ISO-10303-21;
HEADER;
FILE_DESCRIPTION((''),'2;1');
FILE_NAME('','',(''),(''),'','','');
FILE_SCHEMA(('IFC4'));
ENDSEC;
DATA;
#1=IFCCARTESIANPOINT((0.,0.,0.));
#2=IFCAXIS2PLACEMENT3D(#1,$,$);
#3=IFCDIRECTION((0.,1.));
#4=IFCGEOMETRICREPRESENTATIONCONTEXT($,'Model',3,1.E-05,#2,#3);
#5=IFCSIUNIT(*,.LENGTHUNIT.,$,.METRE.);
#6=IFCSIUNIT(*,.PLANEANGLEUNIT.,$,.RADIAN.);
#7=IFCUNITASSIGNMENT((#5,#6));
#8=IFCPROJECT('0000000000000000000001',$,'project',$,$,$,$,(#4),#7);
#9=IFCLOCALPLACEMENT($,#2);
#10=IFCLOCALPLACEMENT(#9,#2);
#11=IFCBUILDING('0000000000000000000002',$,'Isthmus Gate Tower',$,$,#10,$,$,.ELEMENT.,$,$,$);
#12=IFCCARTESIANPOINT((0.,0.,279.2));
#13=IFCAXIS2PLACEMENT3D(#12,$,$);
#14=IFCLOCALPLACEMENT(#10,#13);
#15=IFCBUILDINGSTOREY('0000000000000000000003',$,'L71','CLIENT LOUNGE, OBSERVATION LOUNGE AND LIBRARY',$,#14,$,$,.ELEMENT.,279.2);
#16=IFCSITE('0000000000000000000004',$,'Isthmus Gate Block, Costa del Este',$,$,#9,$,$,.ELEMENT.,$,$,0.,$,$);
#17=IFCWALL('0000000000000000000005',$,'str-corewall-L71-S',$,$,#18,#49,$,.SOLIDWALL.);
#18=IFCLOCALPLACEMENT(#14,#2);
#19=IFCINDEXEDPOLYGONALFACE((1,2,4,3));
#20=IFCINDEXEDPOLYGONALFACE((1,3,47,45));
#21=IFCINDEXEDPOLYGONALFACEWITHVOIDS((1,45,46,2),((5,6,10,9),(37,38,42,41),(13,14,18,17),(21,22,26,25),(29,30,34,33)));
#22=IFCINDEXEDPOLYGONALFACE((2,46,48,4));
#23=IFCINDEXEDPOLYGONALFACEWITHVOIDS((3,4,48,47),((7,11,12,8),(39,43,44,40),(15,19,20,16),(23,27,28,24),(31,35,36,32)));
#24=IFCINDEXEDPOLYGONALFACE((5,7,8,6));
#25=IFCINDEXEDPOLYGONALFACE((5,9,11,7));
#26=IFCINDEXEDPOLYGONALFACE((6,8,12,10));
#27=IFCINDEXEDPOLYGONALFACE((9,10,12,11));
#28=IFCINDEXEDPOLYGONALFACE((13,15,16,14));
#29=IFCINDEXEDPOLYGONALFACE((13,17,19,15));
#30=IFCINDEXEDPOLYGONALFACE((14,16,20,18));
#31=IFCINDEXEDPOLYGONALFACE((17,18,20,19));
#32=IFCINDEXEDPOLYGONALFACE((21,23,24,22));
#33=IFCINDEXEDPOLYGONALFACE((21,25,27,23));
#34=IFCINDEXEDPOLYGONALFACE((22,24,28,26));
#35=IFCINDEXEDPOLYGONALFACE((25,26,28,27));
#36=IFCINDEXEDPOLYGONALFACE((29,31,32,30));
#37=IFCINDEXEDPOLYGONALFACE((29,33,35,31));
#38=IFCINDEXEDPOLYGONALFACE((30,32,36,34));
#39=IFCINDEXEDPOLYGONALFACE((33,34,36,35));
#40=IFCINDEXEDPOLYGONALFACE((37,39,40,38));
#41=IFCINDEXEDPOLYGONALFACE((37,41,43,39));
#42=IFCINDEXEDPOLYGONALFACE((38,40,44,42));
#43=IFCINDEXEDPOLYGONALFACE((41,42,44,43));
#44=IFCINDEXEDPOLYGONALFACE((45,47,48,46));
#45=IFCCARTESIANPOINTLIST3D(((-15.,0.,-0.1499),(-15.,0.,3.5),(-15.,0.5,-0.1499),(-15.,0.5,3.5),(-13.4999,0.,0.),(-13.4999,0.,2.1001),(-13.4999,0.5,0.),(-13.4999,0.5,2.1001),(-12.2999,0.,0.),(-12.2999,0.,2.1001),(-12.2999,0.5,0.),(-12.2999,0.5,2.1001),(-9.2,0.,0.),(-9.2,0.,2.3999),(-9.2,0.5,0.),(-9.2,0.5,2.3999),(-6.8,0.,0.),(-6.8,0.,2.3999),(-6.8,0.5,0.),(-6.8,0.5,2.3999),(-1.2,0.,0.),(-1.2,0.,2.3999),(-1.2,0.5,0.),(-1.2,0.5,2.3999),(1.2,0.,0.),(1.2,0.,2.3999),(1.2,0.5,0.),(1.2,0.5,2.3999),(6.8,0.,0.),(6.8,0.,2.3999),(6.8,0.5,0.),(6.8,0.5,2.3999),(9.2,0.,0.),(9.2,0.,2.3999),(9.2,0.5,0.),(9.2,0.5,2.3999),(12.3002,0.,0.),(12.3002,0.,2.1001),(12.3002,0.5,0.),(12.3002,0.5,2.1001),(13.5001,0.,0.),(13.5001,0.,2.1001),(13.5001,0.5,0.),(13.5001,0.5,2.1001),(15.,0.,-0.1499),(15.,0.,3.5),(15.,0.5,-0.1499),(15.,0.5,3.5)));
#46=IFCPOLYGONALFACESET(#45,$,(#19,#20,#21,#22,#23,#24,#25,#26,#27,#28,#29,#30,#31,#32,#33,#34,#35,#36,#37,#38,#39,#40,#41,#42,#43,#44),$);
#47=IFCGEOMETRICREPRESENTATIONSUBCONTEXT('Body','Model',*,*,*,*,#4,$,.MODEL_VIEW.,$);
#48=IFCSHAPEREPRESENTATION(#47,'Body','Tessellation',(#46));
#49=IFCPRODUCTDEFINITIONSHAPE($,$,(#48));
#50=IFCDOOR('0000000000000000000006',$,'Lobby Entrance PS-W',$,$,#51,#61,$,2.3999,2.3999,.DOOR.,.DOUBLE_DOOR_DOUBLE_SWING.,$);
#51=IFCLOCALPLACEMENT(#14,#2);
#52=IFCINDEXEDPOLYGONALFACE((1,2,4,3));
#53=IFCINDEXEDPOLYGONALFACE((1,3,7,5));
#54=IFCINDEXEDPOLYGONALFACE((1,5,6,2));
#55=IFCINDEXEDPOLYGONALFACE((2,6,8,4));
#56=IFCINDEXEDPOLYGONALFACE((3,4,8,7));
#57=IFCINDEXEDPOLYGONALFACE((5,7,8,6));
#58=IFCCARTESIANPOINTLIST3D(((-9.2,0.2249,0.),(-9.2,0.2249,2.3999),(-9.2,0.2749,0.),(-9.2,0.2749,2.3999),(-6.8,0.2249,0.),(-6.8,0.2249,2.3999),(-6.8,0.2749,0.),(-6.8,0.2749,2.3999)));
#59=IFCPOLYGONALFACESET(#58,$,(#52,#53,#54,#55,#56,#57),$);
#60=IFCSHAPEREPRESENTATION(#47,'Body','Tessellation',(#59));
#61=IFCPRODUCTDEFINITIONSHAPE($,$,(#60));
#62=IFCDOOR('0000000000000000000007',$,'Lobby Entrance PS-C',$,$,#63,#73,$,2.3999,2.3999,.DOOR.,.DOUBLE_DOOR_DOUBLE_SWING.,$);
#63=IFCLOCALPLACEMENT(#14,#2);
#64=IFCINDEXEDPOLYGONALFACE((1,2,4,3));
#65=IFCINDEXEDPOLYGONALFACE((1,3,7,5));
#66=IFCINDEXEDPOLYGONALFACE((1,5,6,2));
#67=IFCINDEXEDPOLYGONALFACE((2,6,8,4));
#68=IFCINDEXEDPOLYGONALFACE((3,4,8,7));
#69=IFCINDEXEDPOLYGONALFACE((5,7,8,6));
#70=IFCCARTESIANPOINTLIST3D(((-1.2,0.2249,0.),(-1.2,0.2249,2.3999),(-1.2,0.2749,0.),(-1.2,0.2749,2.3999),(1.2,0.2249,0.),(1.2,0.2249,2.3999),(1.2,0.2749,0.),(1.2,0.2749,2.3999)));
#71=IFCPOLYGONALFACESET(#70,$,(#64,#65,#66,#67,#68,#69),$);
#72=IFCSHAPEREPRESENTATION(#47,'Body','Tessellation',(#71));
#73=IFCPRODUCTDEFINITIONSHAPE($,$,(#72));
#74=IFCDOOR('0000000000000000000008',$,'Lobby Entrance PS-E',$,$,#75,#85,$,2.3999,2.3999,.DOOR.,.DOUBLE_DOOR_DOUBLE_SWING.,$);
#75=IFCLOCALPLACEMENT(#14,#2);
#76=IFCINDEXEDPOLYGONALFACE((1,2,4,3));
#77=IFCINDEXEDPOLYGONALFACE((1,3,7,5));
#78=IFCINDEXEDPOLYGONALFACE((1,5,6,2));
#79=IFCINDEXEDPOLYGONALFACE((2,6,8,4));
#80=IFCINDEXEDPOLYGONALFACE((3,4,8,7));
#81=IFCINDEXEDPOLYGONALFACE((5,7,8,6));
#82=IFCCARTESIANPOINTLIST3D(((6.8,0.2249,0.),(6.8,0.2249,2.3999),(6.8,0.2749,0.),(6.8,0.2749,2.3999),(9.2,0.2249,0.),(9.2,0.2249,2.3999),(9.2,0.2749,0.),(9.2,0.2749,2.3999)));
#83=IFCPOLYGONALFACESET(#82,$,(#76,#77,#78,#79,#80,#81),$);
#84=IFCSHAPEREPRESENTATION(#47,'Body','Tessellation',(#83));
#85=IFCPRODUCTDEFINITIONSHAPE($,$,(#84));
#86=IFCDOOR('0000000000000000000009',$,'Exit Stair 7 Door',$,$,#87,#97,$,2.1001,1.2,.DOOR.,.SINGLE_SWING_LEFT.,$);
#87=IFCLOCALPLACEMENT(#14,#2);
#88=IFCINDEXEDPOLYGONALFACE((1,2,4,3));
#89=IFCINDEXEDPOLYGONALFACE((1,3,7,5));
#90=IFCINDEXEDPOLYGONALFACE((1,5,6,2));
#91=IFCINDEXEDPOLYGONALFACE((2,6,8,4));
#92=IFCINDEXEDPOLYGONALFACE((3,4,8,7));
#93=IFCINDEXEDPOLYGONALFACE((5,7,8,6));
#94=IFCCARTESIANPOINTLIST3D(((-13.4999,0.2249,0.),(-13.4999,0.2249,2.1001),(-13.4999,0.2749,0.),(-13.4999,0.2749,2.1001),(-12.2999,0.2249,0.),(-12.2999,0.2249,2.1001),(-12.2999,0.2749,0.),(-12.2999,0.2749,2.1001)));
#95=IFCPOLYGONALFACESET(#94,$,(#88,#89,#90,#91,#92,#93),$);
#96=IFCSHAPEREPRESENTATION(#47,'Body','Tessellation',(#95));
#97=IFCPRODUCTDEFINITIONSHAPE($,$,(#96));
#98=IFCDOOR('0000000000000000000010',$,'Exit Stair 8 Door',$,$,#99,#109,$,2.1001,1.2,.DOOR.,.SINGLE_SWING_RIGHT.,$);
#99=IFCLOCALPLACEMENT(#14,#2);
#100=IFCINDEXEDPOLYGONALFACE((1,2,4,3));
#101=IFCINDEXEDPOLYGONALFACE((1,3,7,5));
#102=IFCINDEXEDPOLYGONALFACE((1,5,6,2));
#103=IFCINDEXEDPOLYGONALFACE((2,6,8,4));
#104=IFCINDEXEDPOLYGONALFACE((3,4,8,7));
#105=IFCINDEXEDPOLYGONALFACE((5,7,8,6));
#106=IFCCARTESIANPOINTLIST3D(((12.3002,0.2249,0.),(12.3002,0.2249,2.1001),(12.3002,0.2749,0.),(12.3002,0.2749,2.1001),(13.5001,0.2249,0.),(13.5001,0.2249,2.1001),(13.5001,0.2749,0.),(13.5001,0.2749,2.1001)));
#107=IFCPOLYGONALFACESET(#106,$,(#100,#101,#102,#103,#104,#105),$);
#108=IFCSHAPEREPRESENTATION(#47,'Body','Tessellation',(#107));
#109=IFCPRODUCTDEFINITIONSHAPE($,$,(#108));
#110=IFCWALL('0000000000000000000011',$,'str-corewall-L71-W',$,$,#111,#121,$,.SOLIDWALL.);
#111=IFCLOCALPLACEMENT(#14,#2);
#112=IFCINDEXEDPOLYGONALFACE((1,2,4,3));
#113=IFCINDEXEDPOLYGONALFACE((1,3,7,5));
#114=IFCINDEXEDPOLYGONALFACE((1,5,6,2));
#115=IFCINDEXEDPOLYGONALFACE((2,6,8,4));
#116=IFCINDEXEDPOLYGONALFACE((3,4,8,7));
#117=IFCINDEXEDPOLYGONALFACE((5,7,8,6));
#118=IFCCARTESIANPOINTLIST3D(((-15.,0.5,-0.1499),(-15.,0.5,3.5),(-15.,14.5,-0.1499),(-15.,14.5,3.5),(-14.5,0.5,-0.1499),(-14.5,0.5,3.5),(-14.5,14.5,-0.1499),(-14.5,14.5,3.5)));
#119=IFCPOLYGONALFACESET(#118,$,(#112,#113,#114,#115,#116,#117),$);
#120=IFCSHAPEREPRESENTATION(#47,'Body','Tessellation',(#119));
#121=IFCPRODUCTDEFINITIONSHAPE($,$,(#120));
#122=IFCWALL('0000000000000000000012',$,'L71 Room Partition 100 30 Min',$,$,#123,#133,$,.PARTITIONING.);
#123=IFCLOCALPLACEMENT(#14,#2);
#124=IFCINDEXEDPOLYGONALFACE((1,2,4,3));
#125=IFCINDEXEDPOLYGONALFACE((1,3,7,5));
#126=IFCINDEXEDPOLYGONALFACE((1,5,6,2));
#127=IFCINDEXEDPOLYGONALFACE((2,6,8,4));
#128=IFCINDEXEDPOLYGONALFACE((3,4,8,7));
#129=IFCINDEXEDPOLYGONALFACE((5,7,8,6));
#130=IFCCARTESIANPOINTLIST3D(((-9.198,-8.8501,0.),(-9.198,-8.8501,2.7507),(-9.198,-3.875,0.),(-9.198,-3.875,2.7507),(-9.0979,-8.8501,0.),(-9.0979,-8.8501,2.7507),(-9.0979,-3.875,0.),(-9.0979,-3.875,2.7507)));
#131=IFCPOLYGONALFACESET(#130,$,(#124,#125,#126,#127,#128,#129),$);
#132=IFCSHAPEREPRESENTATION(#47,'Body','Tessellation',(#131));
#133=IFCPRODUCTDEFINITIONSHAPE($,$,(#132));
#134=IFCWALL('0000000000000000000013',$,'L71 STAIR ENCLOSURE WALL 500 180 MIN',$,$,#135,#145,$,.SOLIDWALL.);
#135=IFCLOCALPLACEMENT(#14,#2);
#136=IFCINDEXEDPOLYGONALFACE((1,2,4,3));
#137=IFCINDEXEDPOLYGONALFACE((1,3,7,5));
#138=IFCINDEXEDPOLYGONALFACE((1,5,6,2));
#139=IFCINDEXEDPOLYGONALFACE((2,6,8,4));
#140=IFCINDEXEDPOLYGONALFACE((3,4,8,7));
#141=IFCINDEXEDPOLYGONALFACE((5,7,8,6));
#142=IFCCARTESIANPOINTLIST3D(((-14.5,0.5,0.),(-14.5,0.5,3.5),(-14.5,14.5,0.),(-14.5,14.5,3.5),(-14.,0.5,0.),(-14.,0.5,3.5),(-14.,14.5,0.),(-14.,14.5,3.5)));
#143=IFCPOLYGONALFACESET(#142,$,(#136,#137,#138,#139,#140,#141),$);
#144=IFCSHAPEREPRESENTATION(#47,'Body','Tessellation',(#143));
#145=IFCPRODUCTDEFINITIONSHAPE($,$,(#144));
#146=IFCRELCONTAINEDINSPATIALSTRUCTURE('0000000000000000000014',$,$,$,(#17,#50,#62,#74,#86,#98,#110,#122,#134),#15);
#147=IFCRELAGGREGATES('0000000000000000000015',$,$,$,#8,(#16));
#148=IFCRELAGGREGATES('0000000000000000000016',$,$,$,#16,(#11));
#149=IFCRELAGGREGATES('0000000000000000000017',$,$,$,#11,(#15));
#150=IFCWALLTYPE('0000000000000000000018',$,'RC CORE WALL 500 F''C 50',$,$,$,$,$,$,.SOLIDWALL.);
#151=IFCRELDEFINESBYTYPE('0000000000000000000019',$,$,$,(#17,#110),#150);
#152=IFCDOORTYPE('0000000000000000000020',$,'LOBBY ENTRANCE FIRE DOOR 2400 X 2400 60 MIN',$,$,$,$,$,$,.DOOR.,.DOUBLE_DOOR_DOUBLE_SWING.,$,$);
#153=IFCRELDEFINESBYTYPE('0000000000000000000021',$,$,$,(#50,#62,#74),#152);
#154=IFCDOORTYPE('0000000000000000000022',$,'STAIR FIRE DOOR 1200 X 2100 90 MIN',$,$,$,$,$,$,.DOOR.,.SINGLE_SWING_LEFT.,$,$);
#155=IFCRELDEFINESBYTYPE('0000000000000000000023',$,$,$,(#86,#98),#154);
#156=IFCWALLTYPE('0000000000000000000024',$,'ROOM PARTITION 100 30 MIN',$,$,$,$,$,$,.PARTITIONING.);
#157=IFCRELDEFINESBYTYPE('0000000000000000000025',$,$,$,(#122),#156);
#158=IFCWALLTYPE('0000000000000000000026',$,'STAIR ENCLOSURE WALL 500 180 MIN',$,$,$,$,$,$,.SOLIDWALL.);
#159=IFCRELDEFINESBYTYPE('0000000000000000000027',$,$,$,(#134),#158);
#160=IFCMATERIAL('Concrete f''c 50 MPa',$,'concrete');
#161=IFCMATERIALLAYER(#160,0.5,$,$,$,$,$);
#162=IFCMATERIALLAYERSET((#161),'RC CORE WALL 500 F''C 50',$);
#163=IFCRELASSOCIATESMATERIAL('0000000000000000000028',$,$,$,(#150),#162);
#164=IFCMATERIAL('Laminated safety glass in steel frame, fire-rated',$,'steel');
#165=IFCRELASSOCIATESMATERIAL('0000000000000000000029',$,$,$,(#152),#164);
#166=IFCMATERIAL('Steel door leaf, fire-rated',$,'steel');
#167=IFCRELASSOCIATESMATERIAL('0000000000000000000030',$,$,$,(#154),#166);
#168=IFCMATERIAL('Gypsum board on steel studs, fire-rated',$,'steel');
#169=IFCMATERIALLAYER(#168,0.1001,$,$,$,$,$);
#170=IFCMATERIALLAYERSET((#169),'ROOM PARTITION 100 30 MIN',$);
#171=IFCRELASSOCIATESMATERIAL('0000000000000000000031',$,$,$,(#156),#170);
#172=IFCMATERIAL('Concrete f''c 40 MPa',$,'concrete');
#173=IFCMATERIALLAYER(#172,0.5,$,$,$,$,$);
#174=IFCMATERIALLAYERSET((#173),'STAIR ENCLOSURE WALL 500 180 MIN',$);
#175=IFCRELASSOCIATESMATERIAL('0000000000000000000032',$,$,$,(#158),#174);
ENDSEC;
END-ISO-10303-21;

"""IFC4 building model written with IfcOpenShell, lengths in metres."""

from ifc_helpers import new_model, si_unit, direction, frame, frame_2d, origin, place, context, subcontext, project, spatial, rectangle, extrude, material, layer, layer_set, type_object, element, fill, save


model = new_model("IFC4")

# Units and contexts
model_context = context("Model", 3, precision=1e-05, world=origin(), true_north=direction((0.0, 1.0)))
body_context = subcontext(model_context, "Body", "Model", "MODEL_VIEW")
ifc_project = project(units=[si_unit("LENGTHUNIT", "METRE"), si_unit("PLANEANGLEUNIT", "RADIAN")], contexts=[model_context])

# Site, building, storey
site_placement = place(None, origin())
site = spatial("IfcSite", under=ifc_project, at=site_placement, Name="Isthmus Gate Block, Costa del Este", CompositionType="ELEMENT", RefElevation=0.0)
building_placement = place(site_placement, origin())
building = spatial("IfcBuilding", under=site, at=building_placement, Name="Isthmus Gate Tower", CompositionType="ELEMENT")
storey_placement = place(building_placement, frame((0.0, 0.0, 279.2)))
storey = spatial("IfcBuildingStorey", under=building, at=storey_placement, Name="L71", Description="CLIENT LOUNGE, OBSERVATION LOUNGE AND LIBRARY", CompositionType="ELEMENT", Elevation=279.2)

# Wall, openings, doors
ifc_material_1 = material(Name="Concrete f'c 50 MPa", Category="concrete")
ifc_layer_1 = layer(ifc_material_1, 0.5)
ifc_layer_set_1 = layer_set([ifc_layer_1], Name="RC CORE WALL 500 F'C 50")
wall_type_1 = type_object("IfcWallType", Name="RC CORE WALL 500 F'C 50", PredefinedType="SOLIDWALL", material=ifc_layer_set_1)
wall_1_placement = place(storey_placement, frame((-15.0, 0.25, -0.1499), z_axis=(0.0, 0.0, 1.0), x_axis=(1.0, 0.0, 0.0)))
wall_1 = element("IfcWall", 1, at=wall_1_placement, inside=storey, type_object=wall_type_1, Name="str-corewall-L71-S", PredefinedType="SOLIDWALL", context=body_context, shape_type="SweptSolid", body=[
    extrude(rectangle(XDim=30.0, YDim=0.5, at=frame_2d((15.0, 0.0))), origin(), (0.0, 0.0, 1.0), 3.6499),
])
opening_1_placement = place(wall_1_placement, frame((5.8, 0.0, 0.1499)))
opening_1 = element("IfcOpeningElement", 2, at=opening_1_placement, cuts=wall_1, PredefinedType="OPENING", context=body_context, shape_type="SweptSolid", body=[
    extrude(rectangle(XDim=2.3999, YDim=2.3999, at=frame_2d((1.2, 1.2))), frame((0.0, 0.26, 0.0), z_axis=(0.0, -1.0, 0.0), x_axis=(1.0, 0.0, 0.0)), (0.0, 0.0, 1.0), 0.52),
])
opening_2_placement = place(wall_1_placement, frame((13.8, 0.0, 0.1499)))
opening_2 = element("IfcOpeningElement", 3, at=opening_2_placement, cuts=wall_1, PredefinedType="OPENING", context=body_context, shape_type="SweptSolid", body=[
    extrude(rectangle(XDim=2.3999, YDim=2.3999, at=frame_2d((1.2, 1.2))), frame((0.0, 0.26, 0.0), z_axis=(0.0, -1.0, 0.0), x_axis=(1.0, 0.0, 0.0)), (0.0, 0.0, 1.0), 0.52),
])
opening_3_placement = place(wall_1_placement, frame((21.8, 0.0, 0.1499)))
opening_3 = element("IfcOpeningElement", 4, at=opening_3_placement, cuts=wall_1, PredefinedType="OPENING", context=body_context, shape_type="SweptSolid", body=[
    extrude(rectangle(XDim=2.3999, YDim=2.3999, at=frame_2d((1.2, 1.2))), frame((0.0, 0.26, 0.0), z_axis=(0.0, -1.0, 0.0), x_axis=(1.0, 0.0, 0.0)), (0.0, 0.0, 1.0), 0.52),
])
opening_4_placement = place(wall_1_placement, frame((1.5, 0.0, 0.1499)))
opening_4 = element("IfcOpeningElement", 5, at=opening_4_placement, cuts=wall_1, PredefinedType="OPENING", context=body_context, shape_type="SweptSolid", body=[
    extrude(rectangle(XDim=1.2, YDim=2.1001, at=frame_2d((0.6001, 1.05))), frame((0.0, 0.26, 0.0), z_axis=(0.0, -1.0, 0.0), x_axis=(1.0, 0.0, 0.0)), (0.0, 0.0, 1.0), 0.52),
])
opening_5_placement = place(wall_1_placement, frame((27.3, 0.0, 0.1499)))
opening_5 = element("IfcOpeningElement", 6, at=opening_5_placement, cuts=wall_1, PredefinedType="OPENING", context=body_context, shape_type="SweptSolid", body=[
    extrude(rectangle(XDim=1.2, YDim=2.1001, at=frame_2d((0.6001, 1.05))), frame((0.0, 0.26, 0.0), z_axis=(0.0, -1.0, 0.0), x_axis=(1.0, 0.0, 0.0)), (0.0, 0.0, 1.0), 0.52),
])
ifc_material_2 = material(Name="Laminated safety glass in steel frame, fire-rated", Category="steel")
door_type_1 = type_object("IfcDoorType", Name="LOBBY ENTRANCE FIRE DOOR 2400 X 2400 60 MIN", OperationType="DOUBLE_DOOR_DOUBLE_SWING", PredefinedType="DOOR", material=ifc_material_2)
door_1_placement = place(opening_1_placement, origin())
door_1 = element("IfcDoor", 7, at=door_1_placement, inside=storey, type_object=door_type_1, Name="Lobby Entrance PS-W", OperationType="DOUBLE_DOOR_DOUBLE_SWING", OverallHeight=2.3999, OverallWidth=2.3999, PredefinedType="DOOR", context=body_context, shape_type="SweptSolid", body=[
    extrude(rectangle(XDim=2.3999, YDim=2.3999, at=frame_2d((1.2, 1.2))), frame((0.0, 0.0249, 0.0), z_axis=(0.0, -1.0, 0.0), x_axis=(1.0, 0.0, 0.0)), (0.0, 0.0, 1.0), 0.05),
])
fill(opening_1, door_1)
door_2_placement = place(opening_2_placement, origin())
door_2 = element("IfcDoor", 8, at=door_2_placement, inside=storey, type_object=door_type_1, Name="Lobby Entrance PS-C", OperationType="DOUBLE_DOOR_DOUBLE_SWING", OverallHeight=2.3999, OverallWidth=2.3999, PredefinedType="DOOR", context=body_context, shape_type="SweptSolid", body=[
    extrude(rectangle(XDim=2.3999, YDim=2.3999, at=frame_2d((1.2, 1.2))), frame((0.0, 0.0249, 0.0), z_axis=(0.0, -1.0, 0.0), x_axis=(1.0, 0.0, 0.0)), (0.0, 0.0, 1.0), 0.05),
])
fill(opening_2, door_2)
door_3_placement = place(opening_3_placement, origin())
door_3 = element("IfcDoor", 9, at=door_3_placement, inside=storey, type_object=door_type_1, Name="Lobby Entrance PS-E", OperationType="DOUBLE_DOOR_DOUBLE_SWING", OverallHeight=2.3999, OverallWidth=2.3999, PredefinedType="DOOR", context=body_context, shape_type="SweptSolid", body=[
    extrude(rectangle(XDim=2.3999, YDim=2.3999, at=frame_2d((1.2, 1.2))), frame((0.0, 0.0249, 0.0), z_axis=(0.0, -1.0, 0.0), x_axis=(1.0, 0.0, 0.0)), (0.0, 0.0, 1.0), 0.05),
])
fill(opening_3, door_3)
ifc_material_3 = material(Name="Steel door leaf, fire-rated", Category="steel")
door_type_2 = type_object("IfcDoorType", Name="STAIR FIRE DOOR 1200 X 2100 90 MIN", OperationType="SINGLE_SWING_LEFT", PredefinedType="DOOR", material=ifc_material_3)
door_4_placement = place(opening_4_placement, origin())
door_4 = element("IfcDoor", 10, at=door_4_placement, inside=storey, type_object=door_type_2, Name="Exit Stair 7 Door", OperationType="SINGLE_SWING_LEFT", OverallHeight=2.1001, OverallWidth=1.2, PredefinedType="DOOR", context=body_context, shape_type="SweptSolid", body=[
    extrude(rectangle(XDim=1.2, YDim=2.1001, at=frame_2d((0.6001, 1.05))), frame((0.0, 0.0249, 0.0), z_axis=(0.0, -1.0, 0.0), x_axis=(1.0, 0.0, 0.0)), (0.0, 0.0, 1.0), 0.05),
])
fill(opening_4, door_4)
door_5_placement = place(opening_5_placement, origin())
door_5 = element("IfcDoor", 11, at=door_5_placement, inside=storey, type_object=door_type_2, Name="Exit Stair 8 Door", OperationType="SINGLE_SWING_RIGHT", OverallHeight=2.1001, OverallWidth=1.2, PredefinedType="DOOR", context=body_context, shape_type="SweptSolid", body=[
    extrude(rectangle(XDim=1.2, YDim=2.1001, at=frame_2d((0.6001, 1.05))), frame((0.0, 0.0249, 0.0), z_axis=(0.0, -1.0, 0.0), x_axis=(1.0, 0.0, 0.0)), (0.0, 0.0, 1.0), 0.05),
])
fill(opening_5, door_5)

# Walls
wall_2_placement = place(storey_placement, frame((-14.75, 0.5, -0.1499), z_axis=(0.0, 0.0, 1.0), x_axis=(0.0, 1.0, 0.0)))
element("IfcWall", 12, at=wall_2_placement, inside=storey, type_object=wall_type_1, Name="str-corewall-L71-W", PredefinedType="SOLIDWALL", context=body_context, shape_type="SweptSolid", body=[
    extrude(rectangle(XDim=14.0, YDim=0.5, at=frame_2d((7.0, 0.0))), origin(), (0.0, 0.0, 1.0), 3.6499),
])
ifc_material_4 = material(Name="Gypsum board on steel studs, fire-rated", Category="steel")
ifc_layer_2 = layer(ifc_material_4, 0.1001)
ifc_layer_set_2 = layer_set([ifc_layer_2], Name="ROOM PARTITION 100 30 MIN")
wall_type_2 = type_object("IfcWallType", Name="ROOM PARTITION 100 30 MIN", PredefinedType="PARTITIONING", material=ifc_layer_set_2)
wall_3_placement = place(storey_placement, frame((-9.1479, -8.8501, 0.0), z_axis=(0.0, 0.0, 1.0), x_axis=(0.0, 1.0, 0.0)))
element("IfcWall", 13, at=wall_3_placement, inside=storey, type_object=wall_type_2, Name="L71 Room Partition 100 30 Min", PredefinedType="PARTITIONING", context=body_context, shape_type="SweptSolid", body=[
    extrude(rectangle(XDim=4.9751, YDim=0.1001, at=frame_2d((2.4875, 0.0))), origin(), (0.0, 0.0, 1.0), 2.7507),
])
ifc_material_5 = material(Name="Concrete f'c 40 MPa", Category="concrete")
ifc_layer_3 = layer(ifc_material_5, 0.5)
ifc_layer_set_3 = layer_set([ifc_layer_3], Name="STAIR ENCLOSURE WALL 500 180 MIN")
wall_type_3 = type_object("IfcWallType", Name="STAIR ENCLOSURE WALL 500 180 MIN", PredefinedType="SOLIDWALL", material=ifc_layer_set_3)
wall_4_placement = place(storey_placement, frame((-14.25, 0.5, 0.0), z_axis=(0.0, 0.0, 1.0), x_axis=(0.0, 1.0, 0.0)))
element("IfcWall", 14, at=wall_4_placement, inside=storey, type_object=wall_type_3, Name="L71 STAIR ENCLOSURE WALL 500 180 MIN", PredefinedType="SOLIDWALL", context=body_context, shape_type="SweptSolid", body=[
    extrude(rectangle(XDim=14.0, YDim=0.5, at=frame_2d((7.0, 0.0))), origin(), (0.0, 0.0, 1.0), 3.5),
])

save(model, "model.ifc")
